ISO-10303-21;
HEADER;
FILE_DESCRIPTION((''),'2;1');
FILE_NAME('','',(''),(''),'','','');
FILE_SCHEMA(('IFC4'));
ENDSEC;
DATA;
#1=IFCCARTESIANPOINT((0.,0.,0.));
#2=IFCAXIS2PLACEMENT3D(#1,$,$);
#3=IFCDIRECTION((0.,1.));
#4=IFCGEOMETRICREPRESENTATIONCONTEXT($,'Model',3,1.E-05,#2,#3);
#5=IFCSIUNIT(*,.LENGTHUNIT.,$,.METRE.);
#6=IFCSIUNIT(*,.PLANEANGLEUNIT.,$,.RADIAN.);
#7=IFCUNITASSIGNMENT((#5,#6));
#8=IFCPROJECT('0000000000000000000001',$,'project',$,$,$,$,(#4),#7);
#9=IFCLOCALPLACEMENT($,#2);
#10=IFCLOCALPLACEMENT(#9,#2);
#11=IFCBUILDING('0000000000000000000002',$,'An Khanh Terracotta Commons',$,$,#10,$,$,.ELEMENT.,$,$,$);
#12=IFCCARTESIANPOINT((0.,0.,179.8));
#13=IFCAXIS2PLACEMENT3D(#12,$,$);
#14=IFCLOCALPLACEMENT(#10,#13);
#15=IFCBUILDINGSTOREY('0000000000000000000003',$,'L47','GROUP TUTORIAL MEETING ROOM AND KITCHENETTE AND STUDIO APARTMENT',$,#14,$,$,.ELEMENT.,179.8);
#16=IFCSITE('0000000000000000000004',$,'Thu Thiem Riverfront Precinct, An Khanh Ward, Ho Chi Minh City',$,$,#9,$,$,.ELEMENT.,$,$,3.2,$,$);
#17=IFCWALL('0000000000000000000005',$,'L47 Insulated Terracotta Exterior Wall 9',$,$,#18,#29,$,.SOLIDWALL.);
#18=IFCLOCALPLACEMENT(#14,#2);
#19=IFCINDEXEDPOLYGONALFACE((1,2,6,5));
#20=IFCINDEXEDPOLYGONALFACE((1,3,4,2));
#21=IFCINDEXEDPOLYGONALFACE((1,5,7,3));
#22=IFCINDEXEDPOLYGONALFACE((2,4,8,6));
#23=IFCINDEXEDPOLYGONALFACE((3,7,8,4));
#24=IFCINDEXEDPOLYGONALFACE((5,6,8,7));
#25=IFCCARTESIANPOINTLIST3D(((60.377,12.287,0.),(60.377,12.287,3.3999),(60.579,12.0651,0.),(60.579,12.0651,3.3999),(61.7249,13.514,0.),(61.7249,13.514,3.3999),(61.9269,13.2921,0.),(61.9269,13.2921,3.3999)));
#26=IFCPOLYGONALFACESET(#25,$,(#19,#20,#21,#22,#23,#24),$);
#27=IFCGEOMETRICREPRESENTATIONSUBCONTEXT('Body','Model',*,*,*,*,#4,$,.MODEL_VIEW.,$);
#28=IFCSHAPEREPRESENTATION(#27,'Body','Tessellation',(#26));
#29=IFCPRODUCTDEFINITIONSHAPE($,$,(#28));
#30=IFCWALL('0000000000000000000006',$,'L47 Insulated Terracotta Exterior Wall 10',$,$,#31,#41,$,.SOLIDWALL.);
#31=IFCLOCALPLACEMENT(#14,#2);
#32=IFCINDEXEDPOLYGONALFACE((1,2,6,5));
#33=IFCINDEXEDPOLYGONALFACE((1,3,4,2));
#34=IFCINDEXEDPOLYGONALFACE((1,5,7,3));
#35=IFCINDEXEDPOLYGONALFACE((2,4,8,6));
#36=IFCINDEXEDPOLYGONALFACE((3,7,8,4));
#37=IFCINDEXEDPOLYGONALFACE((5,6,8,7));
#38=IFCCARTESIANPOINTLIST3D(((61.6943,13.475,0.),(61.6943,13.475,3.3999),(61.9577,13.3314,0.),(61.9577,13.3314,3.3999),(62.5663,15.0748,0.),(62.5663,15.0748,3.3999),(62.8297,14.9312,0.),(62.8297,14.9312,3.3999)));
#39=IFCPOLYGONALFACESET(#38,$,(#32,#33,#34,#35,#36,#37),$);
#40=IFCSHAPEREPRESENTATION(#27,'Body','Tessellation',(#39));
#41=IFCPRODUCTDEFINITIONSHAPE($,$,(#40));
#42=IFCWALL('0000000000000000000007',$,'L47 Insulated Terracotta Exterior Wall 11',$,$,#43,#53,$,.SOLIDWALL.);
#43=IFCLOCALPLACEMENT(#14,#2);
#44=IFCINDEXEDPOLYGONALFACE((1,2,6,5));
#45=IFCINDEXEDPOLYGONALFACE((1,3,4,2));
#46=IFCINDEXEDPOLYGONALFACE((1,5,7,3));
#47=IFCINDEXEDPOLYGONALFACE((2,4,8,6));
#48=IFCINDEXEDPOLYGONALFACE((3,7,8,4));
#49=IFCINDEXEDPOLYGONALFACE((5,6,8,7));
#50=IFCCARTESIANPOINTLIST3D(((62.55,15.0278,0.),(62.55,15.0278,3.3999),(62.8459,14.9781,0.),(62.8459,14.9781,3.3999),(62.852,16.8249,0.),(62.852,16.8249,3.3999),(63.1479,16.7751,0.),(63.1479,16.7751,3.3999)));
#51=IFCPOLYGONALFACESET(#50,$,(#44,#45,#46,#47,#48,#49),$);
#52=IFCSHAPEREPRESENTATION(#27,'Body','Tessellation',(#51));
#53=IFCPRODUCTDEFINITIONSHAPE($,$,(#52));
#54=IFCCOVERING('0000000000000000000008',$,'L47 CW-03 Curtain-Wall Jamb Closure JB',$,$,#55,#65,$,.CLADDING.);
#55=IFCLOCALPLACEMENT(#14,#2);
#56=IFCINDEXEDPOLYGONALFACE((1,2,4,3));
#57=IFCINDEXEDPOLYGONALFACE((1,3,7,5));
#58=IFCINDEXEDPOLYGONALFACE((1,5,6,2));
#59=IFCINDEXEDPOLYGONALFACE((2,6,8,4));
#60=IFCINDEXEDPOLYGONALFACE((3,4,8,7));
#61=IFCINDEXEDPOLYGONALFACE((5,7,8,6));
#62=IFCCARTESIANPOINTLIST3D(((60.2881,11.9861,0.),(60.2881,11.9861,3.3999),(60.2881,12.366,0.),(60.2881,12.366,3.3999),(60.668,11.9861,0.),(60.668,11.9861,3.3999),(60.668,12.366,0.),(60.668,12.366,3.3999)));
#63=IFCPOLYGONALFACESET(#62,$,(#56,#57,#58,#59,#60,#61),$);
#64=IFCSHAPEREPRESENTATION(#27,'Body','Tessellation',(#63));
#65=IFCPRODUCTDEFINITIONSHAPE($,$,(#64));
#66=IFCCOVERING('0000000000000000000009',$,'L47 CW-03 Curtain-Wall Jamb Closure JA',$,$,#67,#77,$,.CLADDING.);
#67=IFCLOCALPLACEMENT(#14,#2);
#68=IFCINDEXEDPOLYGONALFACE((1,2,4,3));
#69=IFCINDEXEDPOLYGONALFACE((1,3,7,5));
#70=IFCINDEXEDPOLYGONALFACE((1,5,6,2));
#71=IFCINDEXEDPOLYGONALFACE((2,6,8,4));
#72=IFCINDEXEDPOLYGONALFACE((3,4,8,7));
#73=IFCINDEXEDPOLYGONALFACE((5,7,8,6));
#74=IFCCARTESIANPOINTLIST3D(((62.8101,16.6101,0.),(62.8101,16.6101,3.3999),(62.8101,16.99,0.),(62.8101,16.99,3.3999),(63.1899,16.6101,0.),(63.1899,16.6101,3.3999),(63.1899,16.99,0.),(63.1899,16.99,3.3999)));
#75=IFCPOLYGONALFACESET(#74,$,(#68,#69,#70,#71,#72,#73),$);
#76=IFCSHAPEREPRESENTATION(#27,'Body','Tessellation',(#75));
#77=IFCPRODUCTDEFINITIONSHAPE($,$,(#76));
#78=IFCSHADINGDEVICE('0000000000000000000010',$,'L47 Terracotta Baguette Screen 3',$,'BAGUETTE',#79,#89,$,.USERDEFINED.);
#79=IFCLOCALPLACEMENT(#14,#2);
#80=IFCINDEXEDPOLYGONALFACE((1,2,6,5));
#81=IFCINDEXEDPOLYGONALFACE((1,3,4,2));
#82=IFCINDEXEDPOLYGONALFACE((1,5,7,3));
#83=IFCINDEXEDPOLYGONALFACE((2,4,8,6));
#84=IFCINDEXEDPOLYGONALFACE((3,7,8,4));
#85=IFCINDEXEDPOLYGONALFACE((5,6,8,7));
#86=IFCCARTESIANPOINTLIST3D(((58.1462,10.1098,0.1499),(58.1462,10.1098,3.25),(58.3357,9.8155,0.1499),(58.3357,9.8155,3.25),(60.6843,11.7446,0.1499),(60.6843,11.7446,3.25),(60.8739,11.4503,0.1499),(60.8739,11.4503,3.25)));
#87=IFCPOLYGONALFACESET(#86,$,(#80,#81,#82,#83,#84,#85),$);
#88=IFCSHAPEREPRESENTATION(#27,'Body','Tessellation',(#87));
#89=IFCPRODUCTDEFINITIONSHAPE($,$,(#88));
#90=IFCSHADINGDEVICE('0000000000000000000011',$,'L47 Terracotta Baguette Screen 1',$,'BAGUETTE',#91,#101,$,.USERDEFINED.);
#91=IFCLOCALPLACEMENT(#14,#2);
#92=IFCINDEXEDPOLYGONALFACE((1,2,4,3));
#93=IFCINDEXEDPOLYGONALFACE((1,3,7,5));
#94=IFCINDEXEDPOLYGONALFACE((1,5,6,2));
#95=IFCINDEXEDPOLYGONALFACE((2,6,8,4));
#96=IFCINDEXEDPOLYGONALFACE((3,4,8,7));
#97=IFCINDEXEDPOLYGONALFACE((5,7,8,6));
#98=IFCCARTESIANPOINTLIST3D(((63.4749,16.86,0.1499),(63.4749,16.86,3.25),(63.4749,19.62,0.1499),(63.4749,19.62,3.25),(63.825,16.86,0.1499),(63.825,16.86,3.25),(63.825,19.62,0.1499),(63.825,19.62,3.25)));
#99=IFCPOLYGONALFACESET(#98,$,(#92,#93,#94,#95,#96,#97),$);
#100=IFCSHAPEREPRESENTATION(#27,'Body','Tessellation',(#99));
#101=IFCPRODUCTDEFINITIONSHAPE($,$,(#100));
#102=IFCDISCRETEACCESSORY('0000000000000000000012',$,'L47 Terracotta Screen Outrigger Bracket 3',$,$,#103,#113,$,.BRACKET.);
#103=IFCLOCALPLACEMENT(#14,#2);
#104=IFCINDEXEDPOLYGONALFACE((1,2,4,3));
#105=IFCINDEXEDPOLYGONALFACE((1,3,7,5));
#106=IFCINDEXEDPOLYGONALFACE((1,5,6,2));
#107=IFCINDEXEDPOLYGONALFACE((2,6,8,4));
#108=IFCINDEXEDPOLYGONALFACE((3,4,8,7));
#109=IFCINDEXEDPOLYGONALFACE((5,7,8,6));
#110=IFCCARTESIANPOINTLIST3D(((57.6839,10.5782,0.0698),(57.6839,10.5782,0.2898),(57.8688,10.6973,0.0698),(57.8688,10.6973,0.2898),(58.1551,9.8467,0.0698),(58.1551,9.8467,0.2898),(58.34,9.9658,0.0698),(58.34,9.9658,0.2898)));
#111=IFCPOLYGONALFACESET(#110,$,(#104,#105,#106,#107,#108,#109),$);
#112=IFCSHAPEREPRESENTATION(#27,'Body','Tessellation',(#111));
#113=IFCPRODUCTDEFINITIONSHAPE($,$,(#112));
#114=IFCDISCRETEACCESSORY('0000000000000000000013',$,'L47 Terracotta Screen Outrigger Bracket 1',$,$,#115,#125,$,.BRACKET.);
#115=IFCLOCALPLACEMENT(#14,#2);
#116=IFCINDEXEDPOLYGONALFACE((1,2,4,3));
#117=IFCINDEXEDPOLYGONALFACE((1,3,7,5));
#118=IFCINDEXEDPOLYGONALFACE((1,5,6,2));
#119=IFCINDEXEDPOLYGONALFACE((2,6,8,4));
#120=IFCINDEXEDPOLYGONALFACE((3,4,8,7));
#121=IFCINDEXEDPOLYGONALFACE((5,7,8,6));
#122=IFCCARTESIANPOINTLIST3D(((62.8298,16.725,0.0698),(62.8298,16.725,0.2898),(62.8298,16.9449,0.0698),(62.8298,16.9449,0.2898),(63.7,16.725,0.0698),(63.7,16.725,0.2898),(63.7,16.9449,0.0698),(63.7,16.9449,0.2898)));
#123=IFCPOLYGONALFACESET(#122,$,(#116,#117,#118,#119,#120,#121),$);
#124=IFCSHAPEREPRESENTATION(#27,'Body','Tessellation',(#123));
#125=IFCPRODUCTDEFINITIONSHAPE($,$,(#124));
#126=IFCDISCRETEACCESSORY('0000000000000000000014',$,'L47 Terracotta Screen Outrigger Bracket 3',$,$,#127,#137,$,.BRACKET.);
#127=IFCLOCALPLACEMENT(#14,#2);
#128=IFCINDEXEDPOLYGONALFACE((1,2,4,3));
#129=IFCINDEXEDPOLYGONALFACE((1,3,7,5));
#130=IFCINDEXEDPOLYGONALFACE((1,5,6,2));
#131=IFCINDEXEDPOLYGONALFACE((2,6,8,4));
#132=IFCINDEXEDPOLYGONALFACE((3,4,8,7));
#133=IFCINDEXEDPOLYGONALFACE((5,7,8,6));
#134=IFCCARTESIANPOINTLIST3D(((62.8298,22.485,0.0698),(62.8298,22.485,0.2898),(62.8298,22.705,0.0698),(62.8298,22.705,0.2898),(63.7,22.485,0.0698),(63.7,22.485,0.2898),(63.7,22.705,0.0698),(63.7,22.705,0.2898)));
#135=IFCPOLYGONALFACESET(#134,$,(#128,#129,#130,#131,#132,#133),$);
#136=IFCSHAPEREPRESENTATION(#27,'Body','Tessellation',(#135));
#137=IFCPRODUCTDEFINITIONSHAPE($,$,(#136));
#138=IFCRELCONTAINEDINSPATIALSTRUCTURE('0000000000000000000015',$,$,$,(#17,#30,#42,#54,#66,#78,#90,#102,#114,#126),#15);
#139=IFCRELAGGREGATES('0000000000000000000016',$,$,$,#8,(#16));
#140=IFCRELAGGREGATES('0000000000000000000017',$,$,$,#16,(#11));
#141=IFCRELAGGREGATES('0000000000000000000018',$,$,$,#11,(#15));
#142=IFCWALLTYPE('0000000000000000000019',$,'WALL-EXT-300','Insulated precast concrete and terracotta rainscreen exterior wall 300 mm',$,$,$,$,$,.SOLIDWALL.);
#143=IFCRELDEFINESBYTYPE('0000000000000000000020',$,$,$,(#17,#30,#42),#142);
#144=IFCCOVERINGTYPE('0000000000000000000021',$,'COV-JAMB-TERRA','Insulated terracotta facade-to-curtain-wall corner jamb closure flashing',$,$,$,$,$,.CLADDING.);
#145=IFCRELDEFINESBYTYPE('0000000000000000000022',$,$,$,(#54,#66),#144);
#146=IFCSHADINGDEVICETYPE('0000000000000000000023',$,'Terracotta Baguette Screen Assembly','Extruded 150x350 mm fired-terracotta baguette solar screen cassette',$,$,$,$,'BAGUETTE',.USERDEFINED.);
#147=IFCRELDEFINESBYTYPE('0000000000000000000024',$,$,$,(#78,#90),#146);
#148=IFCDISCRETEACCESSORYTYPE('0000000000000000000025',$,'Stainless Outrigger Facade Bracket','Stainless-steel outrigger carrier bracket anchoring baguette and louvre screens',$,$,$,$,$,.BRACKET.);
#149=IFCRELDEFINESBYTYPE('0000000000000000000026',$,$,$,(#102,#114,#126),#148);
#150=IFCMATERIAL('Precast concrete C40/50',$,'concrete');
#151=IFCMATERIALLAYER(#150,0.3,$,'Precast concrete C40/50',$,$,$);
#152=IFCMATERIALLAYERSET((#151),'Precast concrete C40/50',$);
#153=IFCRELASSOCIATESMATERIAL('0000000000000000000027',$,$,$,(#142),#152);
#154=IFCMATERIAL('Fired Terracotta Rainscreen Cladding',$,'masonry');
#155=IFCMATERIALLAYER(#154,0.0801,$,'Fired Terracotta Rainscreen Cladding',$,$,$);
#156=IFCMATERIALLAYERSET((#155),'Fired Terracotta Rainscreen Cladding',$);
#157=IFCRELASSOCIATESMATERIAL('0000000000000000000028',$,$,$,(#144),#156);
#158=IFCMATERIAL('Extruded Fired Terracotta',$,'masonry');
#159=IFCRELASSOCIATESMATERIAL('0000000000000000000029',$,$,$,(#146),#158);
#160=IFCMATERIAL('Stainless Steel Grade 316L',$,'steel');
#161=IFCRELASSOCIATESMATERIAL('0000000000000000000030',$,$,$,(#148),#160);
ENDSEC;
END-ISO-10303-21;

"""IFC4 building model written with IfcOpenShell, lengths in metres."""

from ifc_helpers import new_model, si_unit, direction, frame, frame_2d, origin, origin_2d, place, context, subcontext, project, spatial, rectangle, extrude, material, layer, layer_set, type_object, element, save


model = new_model("IFC4")

# Units and contexts
model_context = context("Model", 3, precision=1e-05, world=origin(), true_north=direction((0.0, 1.0)))
body_context = subcontext(model_context, "Body", "Model", "MODEL_VIEW")
ifc_project = project(units=[si_unit("LENGTHUNIT", "METRE"), si_unit("PLANEANGLEUNIT", "RADIAN")], contexts=[model_context])

# Site, building, storey
site_placement = place(None, origin())
site = spatial("IfcSite", under=ifc_project, at=site_placement, Name="Thu Thiem Riverfront Precinct, An Khanh Ward, Ho Chi Minh City", CompositionType="ELEMENT", RefElevation=3.2)
building_placement = place(site_placement, origin())
building = spatial("IfcBuilding", under=site, at=building_placement, Name="An Khanh Terracotta Commons", CompositionType="ELEMENT")
storey_placement = place(building_placement, frame((0.0, 0.0, 179.8)))
storey = spatial("IfcBuildingStorey", under=building, at=storey_placement, Name="L47", Description="GROUP TUTORIAL MEETING ROOM AND KITCHENETTE AND STUDIO APARTMENT", CompositionType="ELEMENT", Elevation=179.8)

# Walls
ifc_material_1 = material(Name="Precast concrete C40/50", Category="concrete")
ifc_layer_1 = layer(ifc_material_1, 0.3, Name="Precast concrete C40/50")
ifc_layer_set_1 = layer_set([ifc_layer_1], Name="Precast concrete C40/50")
wall_type = type_object("IfcWallType", Name="WALL-EXT-300", Description="Insulated precast concrete and terracotta rainscreen exterior wall 300 mm", PredefinedType="SOLIDWALL", material=ifc_layer_set_1)
wall_1_placement = place(storey_placement, frame((60.478, 12.176, 0.0), z_axis=(0.0, 0.0, 1.0), x_axis=(0.739479, 0.673179, 0.0)))
element("IfcWall", 1, at=wall_1_placement, inside=storey, type_object=wall_type, Name="L47 Insulated Terracotta Exterior Wall 9", PredefinedType="SOLIDWALL", context=body_context, shape_type="SweptSolid", body=[
    extrude(rectangle(XDim=1.8228, YDim=0.3, at=frame_2d((0.9114, 0.0))), origin(), (0.0, 0.0, 1.0), 3.3999),
])
wall_2_placement = place(storey_placement, frame((61.8259, 13.4031, 0.0), z_axis=(0.0, 0.0, 1.0), x_axis=(0.478608, 0.878029, 0.0)))
element("IfcWall", 2, at=wall_2_placement, inside=storey, type_object=wall_type, Name="L47 Insulated Terracotta Exterior Wall 10", PredefinedType="SOLIDWALL", context=body_context, shape_type="SweptSolid", body=[
    extrude(rectangle(XDim=1.822, YDim=0.3, at=frame_2d((0.9111, 0.0))), origin(), (0.0, 0.0, 1.0), 3.3999),
])
wall_3_placement = place(storey_placement, frame((62.698, 15.0029, 0.0), z_axis=(0.0, 0.0, 1.0), x_axis=(0.165724, 0.986172, 0.0)))
element("IfcWall", 3, at=wall_3_placement, inside=storey, type_object=wall_type, Name="L47 Insulated Terracotta Exterior Wall 11", PredefinedType="SOLIDWALL", context=body_context, shape_type="SweptSolid", body=[
    extrude(rectangle(XDim=1.8223, YDim=0.3, at=frame_2d((0.9111, 0.0))), origin(), (0.0, 0.0, 1.0), 3.3999),
])

# Coverings
ifc_material_2 = material(Name="Fired Terracotta Rainscreen Cladding", Category="masonry")
ifc_layer_2 = layer(ifc_material_2, 0.0801, Name="Fired Terracotta Rainscreen Cladding")
ifc_layer_set_2 = layer_set([ifc_layer_2], Name="Fired Terracotta Rainscreen Cladding")
covering_type = type_object("IfcCoveringType", Name="COV-JAMB-TERRA", Description="Insulated terracotta facade-to-curtain-wall corner jamb closure flashing", PredefinedType="CLADDING", material=ifc_layer_set_2)
for number, where, z_axis, x_axis, name in (
    (4, (60.478, 12.176, 0.0), (0.0, 0.0, 1.0), (1.0, 0.0, 0.0), "L47 CW-03 Curtain-Wall Jamb Closure JB"),
    (5, (63.0, 16.8, 0.0), (0.0, 0.0, 1.0), (1.0, 0.0, 0.0), "L47 CW-03 Curtain-Wall Jamb Closure JA"),
):
    element("IfcCovering", number, at=place(storey_placement, frame(where, z_axis=z_axis, x_axis=x_axis)), inside=storey, type_object=covering_type, Name=name, PredefinedType="CLADDING", context=body_context, shape_type="SweptSolid", body=[
        extrude(rectangle(XDim=0.3799, YDim=0.3799, at=origin_2d()), origin(), (0.0, 0.0, 1.0), 3.3999),
    ])

# Shading devices
ifc_material_3 = material(Name="Extruded Fired Terracotta", Category="masonry")
shading_device_type = type_object("IfcShadingDeviceType", Name="Terracotta Baguette Screen Assembly", Description="Extruded 150x350 mm fired-terracotta baguette solar screen cassette", ElementType="BAGUETTE", PredefinedType="USERDEFINED", material=ifc_material_3)
shading_device_1_placement = place(storey_placement, frame((59.51, 10.78, 0.1499), z_axis=(0.0, 0.0, 1.0), x_axis=(0.840702, 0.541498, 0.0)))
element("IfcShadingDevice", 6, at=shading_device_1_placement, inside=storey, type_object=shading_device_type, Name="L47 Terracotta Baguette Screen 3", ObjectType="BAGUETTE", PredefinedType="USERDEFINED", context=body_context, shape_type="SweptSolid", body=[
    extrude(rectangle(XDim=3.019, YDim=0.3501, at=origin_2d()), origin(), (0.0, 0.0, 1.0), 3.1001),
])
shading_device_2_placement = place(storey_placement, frame((63.6499, 18.24, 0.1499), z_axis=(0.0, 0.0, 1.0), x_axis=(0.0, 1.0, 0.0)))
element("IfcShadingDevice", 7, at=shading_device_2_placement, inside=storey, type_object=shading_device_type, Name="L47 Terracotta Baguette Screen 1", ObjectType="BAGUETTE", PredefinedType="USERDEFINED", context=body_context, shape_type="SweptSolid", body=[
    extrude(rectangle(XDim=2.76, YDim=0.3501, at=origin_2d()), origin(), (0.0, 0.0, 1.0), 3.1001),
])

# Discrete accessories
ifc_material_4 = material(Name="Stainless Steel Grade 316L", Category="steel")
discrete_accessory_type = type_object("IfcDiscreteAccessoryType", Name="Stainless Outrigger Facade Bracket", Description="Stainless-steel outrigger carrier bracket anchoring baguette and louvre screens", PredefinedType="BRACKET", material=ifc_material_4)
for number, where, z_axis, x_axis, name in (
    (8, (58.012, 10.272, 0.0698), (0.0, 0.0, 1.0), (0.840702, 0.541498, 0.0), "L47 Terracotta Screen Outrigger Bracket 3"),
    (9, (63.2649, 16.835, 0.0698), (0.0, 0.0, 1.0), (0.0, 1.0, 0.0), "L47 Terracotta Screen Outrigger Bracket 1"),
    (10, (63.2649, 22.595, 0.0698), (0.0, 0.0, 1.0), (0.0, 1.0, 0.0), "L47 Terracotta Screen Outrigger Bracket 3"),
):
    element("IfcDiscreteAccessory", number, at=place(storey_placement, frame(where, z_axis=z_axis, x_axis=x_axis)), inside=storey, type_object=discrete_accessory_type, Name=name, PredefinedType="BRACKET", context=body_context, shape_type="SweptSolid", body=[
        extrude(rectangle(XDim=0.22, YDim=0.8701, at=origin_2d()), origin(), (0.0, 0.0, 1.0), 0.22),
    ])

save(model, "model.ifc")
